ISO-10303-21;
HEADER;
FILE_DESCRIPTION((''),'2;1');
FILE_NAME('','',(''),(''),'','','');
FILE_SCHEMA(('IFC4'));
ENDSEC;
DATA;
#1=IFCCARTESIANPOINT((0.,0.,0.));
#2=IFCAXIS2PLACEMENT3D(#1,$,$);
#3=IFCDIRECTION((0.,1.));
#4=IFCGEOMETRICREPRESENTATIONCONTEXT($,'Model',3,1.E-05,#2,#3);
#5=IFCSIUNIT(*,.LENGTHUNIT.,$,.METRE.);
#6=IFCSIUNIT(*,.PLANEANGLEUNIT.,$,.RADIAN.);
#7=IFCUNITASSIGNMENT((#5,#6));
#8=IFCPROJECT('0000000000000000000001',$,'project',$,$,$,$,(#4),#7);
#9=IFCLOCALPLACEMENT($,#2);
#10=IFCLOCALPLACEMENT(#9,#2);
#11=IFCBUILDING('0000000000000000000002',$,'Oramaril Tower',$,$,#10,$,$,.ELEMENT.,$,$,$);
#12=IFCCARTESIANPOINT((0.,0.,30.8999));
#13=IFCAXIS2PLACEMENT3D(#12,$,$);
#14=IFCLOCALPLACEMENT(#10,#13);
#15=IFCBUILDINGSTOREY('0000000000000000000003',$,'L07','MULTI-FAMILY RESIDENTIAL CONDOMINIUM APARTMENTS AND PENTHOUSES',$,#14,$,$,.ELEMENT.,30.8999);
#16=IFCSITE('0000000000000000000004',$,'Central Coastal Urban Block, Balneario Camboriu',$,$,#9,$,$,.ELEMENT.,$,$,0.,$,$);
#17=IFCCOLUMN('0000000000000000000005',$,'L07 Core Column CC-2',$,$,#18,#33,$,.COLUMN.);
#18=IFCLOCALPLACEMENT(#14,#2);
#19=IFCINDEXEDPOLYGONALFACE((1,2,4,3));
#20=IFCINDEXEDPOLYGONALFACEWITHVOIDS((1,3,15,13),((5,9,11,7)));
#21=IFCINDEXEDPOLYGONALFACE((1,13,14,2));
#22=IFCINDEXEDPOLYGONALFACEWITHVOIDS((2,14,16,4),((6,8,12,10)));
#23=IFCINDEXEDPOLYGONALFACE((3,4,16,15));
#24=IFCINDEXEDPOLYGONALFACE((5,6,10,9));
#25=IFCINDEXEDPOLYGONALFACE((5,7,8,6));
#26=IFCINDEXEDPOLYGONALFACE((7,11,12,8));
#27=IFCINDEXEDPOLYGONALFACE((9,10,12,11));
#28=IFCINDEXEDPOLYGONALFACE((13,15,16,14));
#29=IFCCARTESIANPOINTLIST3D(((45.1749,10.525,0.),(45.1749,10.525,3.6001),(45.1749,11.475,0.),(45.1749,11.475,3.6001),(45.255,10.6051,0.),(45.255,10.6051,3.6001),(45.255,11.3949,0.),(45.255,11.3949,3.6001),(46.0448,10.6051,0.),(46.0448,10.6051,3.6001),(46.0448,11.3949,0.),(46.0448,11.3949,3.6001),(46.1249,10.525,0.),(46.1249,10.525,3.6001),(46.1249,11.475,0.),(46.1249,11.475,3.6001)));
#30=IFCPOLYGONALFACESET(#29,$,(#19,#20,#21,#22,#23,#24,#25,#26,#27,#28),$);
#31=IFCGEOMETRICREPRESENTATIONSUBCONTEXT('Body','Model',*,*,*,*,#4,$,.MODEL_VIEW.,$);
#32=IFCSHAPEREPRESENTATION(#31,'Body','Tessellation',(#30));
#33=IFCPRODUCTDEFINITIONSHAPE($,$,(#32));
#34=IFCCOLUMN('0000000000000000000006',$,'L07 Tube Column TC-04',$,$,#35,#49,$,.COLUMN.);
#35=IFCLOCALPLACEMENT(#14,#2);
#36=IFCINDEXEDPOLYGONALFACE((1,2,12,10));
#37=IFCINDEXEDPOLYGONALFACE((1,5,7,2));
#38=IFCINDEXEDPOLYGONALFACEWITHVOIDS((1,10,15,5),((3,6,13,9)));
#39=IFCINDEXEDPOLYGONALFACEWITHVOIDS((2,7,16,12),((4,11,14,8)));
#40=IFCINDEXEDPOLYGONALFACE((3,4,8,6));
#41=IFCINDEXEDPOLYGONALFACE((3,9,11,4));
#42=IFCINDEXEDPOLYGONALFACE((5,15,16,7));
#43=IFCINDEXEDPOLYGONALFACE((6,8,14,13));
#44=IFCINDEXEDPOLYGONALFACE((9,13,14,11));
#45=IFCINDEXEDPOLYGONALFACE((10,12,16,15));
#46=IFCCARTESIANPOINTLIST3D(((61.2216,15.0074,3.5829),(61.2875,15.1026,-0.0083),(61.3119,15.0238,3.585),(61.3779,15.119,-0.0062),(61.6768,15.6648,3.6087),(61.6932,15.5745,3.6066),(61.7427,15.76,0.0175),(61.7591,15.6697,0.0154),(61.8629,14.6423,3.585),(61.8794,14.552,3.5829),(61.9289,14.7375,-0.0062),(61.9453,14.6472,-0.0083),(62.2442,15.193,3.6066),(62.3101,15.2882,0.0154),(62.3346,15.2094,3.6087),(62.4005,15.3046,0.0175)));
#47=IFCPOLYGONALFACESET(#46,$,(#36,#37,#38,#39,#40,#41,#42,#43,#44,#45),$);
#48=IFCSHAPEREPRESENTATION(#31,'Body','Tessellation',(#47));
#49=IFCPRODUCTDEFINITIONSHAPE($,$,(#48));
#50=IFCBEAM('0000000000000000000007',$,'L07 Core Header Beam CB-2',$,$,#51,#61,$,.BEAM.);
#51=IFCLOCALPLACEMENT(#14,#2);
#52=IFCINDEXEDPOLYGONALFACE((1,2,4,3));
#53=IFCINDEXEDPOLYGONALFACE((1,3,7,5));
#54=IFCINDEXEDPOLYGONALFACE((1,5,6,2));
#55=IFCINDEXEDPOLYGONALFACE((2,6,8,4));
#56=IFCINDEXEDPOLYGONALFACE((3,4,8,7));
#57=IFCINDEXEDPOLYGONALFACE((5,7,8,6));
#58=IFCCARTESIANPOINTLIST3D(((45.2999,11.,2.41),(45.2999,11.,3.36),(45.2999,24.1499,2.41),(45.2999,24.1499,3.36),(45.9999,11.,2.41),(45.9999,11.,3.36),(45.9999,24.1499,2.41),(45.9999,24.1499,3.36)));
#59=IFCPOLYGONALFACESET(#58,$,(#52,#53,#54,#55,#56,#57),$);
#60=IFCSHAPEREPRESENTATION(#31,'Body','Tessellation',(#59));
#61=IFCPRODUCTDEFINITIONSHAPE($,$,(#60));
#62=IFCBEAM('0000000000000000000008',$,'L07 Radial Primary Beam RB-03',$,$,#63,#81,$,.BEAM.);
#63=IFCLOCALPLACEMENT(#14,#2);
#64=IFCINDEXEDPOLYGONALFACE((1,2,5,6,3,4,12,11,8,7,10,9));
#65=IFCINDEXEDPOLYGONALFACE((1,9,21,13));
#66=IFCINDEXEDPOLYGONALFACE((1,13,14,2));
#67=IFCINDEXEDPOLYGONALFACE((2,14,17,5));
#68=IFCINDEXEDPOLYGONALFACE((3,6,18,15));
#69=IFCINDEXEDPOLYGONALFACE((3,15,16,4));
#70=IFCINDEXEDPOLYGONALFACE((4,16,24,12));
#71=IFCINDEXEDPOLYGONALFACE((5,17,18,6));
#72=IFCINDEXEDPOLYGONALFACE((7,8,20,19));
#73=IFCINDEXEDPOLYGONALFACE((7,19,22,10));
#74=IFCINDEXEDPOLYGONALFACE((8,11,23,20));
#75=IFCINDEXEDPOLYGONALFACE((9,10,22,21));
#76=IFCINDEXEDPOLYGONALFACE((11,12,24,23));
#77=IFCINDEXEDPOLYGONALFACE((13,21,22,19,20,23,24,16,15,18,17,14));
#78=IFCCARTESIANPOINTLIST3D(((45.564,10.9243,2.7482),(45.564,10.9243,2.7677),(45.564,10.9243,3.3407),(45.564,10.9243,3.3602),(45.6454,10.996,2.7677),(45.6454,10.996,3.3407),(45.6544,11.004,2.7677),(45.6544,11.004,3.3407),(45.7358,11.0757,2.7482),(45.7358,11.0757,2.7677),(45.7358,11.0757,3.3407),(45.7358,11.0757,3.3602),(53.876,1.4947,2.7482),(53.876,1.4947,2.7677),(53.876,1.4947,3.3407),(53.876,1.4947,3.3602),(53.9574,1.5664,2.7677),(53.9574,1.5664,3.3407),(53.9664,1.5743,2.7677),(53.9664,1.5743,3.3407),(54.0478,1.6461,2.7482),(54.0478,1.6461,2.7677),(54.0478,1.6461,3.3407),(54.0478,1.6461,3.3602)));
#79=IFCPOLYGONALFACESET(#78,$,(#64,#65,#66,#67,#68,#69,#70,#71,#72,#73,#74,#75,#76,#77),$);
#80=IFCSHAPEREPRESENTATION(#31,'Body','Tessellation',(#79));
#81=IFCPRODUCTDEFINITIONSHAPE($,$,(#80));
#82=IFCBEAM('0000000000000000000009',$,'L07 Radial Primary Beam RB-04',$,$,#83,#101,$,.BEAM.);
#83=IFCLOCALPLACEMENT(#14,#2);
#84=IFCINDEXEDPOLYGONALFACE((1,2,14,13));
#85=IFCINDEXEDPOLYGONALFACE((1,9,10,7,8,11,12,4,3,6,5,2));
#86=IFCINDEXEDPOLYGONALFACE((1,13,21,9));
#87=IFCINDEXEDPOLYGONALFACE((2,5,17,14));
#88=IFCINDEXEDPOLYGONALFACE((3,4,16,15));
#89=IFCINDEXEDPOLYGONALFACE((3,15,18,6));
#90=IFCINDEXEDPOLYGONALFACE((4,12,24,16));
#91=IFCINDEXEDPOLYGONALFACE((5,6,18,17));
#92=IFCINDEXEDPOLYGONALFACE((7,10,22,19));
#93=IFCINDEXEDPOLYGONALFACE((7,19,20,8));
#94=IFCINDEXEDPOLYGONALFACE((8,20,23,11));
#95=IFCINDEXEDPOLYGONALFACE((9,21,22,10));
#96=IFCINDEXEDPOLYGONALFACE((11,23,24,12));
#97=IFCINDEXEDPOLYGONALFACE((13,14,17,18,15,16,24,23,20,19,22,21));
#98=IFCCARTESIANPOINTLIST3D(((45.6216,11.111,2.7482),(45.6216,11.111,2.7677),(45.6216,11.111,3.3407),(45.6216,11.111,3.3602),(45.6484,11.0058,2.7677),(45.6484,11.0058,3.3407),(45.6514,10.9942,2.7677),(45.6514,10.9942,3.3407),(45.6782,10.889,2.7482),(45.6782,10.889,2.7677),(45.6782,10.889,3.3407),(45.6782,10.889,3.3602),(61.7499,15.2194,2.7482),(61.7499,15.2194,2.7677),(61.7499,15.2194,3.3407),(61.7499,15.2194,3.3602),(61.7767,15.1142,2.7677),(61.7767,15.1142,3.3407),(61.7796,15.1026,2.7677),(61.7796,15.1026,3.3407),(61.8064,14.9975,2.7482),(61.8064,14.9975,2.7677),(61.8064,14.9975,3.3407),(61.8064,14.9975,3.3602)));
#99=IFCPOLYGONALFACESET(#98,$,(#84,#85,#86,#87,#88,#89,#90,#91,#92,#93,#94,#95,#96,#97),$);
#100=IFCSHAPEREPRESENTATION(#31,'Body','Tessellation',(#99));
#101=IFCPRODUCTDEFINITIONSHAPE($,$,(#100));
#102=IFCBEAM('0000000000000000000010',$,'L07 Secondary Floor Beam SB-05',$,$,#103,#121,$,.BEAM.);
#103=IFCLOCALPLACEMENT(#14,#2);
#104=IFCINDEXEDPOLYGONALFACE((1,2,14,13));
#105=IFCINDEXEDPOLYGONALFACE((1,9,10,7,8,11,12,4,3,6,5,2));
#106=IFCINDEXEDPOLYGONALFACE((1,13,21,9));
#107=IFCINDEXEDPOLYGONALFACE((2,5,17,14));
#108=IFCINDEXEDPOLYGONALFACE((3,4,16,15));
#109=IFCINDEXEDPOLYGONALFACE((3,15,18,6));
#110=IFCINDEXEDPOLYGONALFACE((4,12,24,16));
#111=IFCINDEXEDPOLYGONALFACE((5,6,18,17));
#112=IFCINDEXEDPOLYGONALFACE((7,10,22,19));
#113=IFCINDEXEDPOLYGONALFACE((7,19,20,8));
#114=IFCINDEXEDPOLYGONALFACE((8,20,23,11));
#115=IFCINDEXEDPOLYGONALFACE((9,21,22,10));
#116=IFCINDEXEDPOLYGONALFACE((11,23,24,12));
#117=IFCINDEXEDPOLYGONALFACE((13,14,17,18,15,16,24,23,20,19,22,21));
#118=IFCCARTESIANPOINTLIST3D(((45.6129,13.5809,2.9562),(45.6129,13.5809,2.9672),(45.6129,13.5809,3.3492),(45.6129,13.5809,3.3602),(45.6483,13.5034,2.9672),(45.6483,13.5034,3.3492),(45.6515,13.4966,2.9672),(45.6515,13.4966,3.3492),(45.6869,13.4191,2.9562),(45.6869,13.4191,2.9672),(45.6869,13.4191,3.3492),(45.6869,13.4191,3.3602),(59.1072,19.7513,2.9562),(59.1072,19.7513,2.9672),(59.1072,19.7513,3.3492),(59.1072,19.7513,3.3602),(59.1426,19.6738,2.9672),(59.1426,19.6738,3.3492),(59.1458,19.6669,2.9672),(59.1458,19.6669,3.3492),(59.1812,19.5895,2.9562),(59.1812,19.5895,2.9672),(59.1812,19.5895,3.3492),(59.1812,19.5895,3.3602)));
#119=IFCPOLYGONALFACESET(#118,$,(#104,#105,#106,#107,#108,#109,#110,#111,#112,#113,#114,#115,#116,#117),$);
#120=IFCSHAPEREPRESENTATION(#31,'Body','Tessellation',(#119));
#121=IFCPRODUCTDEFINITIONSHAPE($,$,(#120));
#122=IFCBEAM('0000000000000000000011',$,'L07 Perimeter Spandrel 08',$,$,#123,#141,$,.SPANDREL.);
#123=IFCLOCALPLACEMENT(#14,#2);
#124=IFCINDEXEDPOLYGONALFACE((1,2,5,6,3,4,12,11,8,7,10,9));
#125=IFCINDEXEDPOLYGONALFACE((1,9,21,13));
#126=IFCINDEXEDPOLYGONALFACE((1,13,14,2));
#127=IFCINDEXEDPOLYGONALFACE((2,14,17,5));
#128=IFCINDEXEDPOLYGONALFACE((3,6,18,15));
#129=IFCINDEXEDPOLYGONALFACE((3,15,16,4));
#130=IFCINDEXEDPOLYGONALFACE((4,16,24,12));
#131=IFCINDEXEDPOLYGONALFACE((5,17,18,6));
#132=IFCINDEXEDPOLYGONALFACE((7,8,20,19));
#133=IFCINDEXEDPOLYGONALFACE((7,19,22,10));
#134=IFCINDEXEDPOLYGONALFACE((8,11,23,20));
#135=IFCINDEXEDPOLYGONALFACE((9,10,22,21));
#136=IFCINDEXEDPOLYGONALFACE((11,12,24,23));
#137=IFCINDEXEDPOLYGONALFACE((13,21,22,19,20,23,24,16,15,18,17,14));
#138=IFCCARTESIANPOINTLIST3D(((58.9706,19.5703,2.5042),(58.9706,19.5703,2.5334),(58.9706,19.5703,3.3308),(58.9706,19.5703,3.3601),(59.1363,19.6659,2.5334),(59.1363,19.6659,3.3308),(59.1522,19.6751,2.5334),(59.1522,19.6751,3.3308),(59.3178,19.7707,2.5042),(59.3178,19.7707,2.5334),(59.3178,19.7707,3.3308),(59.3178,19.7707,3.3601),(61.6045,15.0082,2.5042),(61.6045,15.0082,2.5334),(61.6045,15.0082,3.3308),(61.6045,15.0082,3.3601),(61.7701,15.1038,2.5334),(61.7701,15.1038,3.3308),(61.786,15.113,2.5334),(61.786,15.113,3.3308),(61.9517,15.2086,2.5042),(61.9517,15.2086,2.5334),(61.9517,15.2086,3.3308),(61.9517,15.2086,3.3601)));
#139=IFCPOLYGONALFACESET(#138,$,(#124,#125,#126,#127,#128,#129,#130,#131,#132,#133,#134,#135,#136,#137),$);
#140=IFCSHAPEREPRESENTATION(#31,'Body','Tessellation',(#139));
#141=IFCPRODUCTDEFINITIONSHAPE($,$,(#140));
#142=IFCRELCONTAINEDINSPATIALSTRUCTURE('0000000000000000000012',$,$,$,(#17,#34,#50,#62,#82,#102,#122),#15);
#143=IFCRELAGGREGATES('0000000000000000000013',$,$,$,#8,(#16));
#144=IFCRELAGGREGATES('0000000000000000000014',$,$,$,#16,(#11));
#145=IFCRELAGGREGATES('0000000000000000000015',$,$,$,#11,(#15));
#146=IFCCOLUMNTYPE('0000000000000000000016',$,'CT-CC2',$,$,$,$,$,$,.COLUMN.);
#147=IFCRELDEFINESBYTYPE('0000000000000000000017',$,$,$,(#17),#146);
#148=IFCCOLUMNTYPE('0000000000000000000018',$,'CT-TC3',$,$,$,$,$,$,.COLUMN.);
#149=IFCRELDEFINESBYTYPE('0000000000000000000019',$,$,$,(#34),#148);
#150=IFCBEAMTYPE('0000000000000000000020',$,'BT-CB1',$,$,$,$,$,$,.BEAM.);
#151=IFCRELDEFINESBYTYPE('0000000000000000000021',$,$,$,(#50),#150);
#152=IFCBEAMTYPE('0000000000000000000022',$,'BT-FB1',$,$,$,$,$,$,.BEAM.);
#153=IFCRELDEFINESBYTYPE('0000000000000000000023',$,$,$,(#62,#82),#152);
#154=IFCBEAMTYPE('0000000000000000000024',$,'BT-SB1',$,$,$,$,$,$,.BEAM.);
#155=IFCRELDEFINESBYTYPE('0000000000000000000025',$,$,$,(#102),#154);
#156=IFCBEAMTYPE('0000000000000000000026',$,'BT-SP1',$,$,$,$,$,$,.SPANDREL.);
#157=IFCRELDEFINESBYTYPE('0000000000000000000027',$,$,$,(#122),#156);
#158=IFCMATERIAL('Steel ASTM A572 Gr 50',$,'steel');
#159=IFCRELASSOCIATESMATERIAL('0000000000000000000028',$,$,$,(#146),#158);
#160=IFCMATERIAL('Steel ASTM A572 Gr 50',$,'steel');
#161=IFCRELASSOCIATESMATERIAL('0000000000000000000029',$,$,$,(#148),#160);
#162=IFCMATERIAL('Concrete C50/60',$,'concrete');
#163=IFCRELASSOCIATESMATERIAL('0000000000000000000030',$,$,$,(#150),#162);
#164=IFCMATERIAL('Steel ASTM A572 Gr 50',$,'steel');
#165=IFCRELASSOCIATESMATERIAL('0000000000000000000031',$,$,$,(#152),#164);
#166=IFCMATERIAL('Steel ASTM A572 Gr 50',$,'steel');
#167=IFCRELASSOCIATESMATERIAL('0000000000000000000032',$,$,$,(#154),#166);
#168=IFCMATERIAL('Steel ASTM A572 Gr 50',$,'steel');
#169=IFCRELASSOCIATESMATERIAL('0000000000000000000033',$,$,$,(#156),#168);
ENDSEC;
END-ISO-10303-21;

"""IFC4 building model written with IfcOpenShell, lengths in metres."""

from ifc_helpers import new_model, si_unit, direction, frame, origin, origin_2d, place, context, subcontext, project, spatial, rectangle, hollow_rectangle, i_section, extrude, material, material_profile, profile_set, type_object, element, save


model = new_model("IFC4")

# Units and contexts
model_context = context("Model", 3, precision=1e-05, world=origin(), true_north=direction((0.0, 1.0)))
body_context = subcontext(model_context, "Body", "Model", "MODEL_VIEW")
ifc_project = project(units=[si_unit("LENGTHUNIT", "METRE"), si_unit("PLANEANGLEUNIT", "RADIAN")], contexts=[model_context])

# Site, building, storey
site_placement = place(None, origin())
site = spatial("IfcSite", under=ifc_project, at=site_placement, Name="Central Coastal Urban Block, Balneario Camboriu", CompositionType="ELEMENT", RefElevation=0.0)
building_placement = place(site_placement, origin())
building = spatial("IfcBuilding", under=site, at=building_placement, Name="Oramaril Tower", CompositionType="ELEMENT")
storey_placement = place(building_placement, frame((0.0, 0.0, 30.8999)))
storey = spatial("IfcBuildingStorey", under=building, at=storey_placement, Name="L07", Description="MULTI-FAMILY RESIDENTIAL CONDOMINIUM APARTMENTS AND PENTHOUSES", CompositionType="ELEMENT", Elevation=30.8999)

# Columns
ifc_material_1 = material(Name="Steel ASTM A572 Gr 50", Category="steel")
ifc_material_profile_1 = material_profile(ifc_material_1, hollow_rectangle(XDim=0.95, YDim=0.95, WallThickness=0.0801, at=origin_2d()), Name="BOX950X950X80")
ifc_profile_set_1 = profile_set([ifc_material_profile_1], Name="Steel ASTM A572 Gr 50")
column_type_1 = type_object("IfcColumnType", Name="CT-CC2", PredefinedType="COLUMN", material=ifc_profile_set_1)
column_1_placement = place(storey_placement, frame((45.6499, 11.0, 0.0), z_axis=(0.0, 0.0, 1.0), x_axis=(1.0, 0.0, 0.0)))
element("IfcColumn", 1, at=column_1_placement, inside=storey, type_object=column_type_1, Name="L07 Core Column CC-2", PredefinedType="COLUMN", context=body_context, shape_type="SweptSolid", body=[
    extrude(hollow_rectangle(XDim=0.95, YDim=0.95, WallThickness=0.0801, at=origin_2d()), origin(), (0.0, 0.0, 1.0), 3.6001),
])
ifc_material_2 = material(Name="Steel ASTM A572 Gr 50", Category="steel")
ifc_material_profile_2 = material_profile(ifc_material_2, hollow_rectangle(XDim=0.8, YDim=0.8, WallThickness=0.0649, at=origin_2d()), Name="BOX800X800X65")
ifc_profile_set_2 = profile_set([ifc_material_profile_2], Name="Steel ASTM A572 Gr 50")
column_type_2 = type_object("IfcColumnType", Name="CT-TC3", PredefinedType="COLUMN", material=ifc_profile_set_2)
column_2_placement = place(storey_placement, frame((61.844, 15.2036, 0.0046), z_axis=(-0.018347, -0.026501, 0.99948), x_axis=(0.822192, -0.56921, 0.0)))
element("IfcColumn", 2, at=column_2_placement, inside=storey, type_object=column_type_2, Name="L07 Tube Column TC-04", PredefinedType="COLUMN", context=body_context, shape_type="SweptSolid", body=[
    extrude(hollow_rectangle(XDim=0.8, YDim=0.8, WallThickness=0.0649, at=origin_2d()), origin(), (0.0, 0.0, 1.0), 3.593),
])

# Beams
ifc_material_3 = material(Name="Concrete C50/60", Category="concrete")
ifc_material_profile_3 = material_profile(ifc_material_3, rectangle(XDim=0.7, YDim=0.95, at=origin_2d()), Name="CB700X950")
ifc_profile_set_3 = profile_set([ifc_material_profile_3], Name="Concrete C50/60")
beam_type_1 = type_object("IfcBeamType", Name="BT-CB1", PredefinedType="BEAM", material=ifc_profile_set_3)
beam_1_placement = place(storey_placement, frame((45.6499, 11.0, 2.885), z_axis=(0.0, 1.0, 0.0), x_axis=(-1.0, 0.0, 0.0)))
element("IfcBeam", 3, at=beam_1_placement, inside=storey, type_object=beam_type_1, Name="L07 Core Header Beam CB-2", PredefinedType="BEAM", context=body_context, shape_type="SweptSolid", body=[
    extrude(rectangle(XDim=0.7, YDim=0.95, at=origin_2d()), origin(), (0.0, 0.0, 1.0), 13.1499),
])
ifc_material_4 = material(Name="Steel ASTM A572 Gr 50", Category="steel")
ifc_material_profile_4 = material_profile(ifc_material_4, i_section(OverallWidth=0.229, OverallDepth=0.6121, WebThickness=0.012, FlangeThickness=0.0195, at=origin_2d()), Name="W24X84")
ifc_profile_set_4 = profile_set([ifc_material_profile_4], Name="Steel ASTM A572 Gr 50")
beam_type_2 = type_object("IfcBeamType", Name="BT-FB1", PredefinedType="BEAM", material=ifc_profile_set_4)
beam_2_placement = place(storey_placement, frame((45.6499, 11.0, 3.0542), z_axis=(0.66125, -0.750165, 0.0), x_axis=(0.750165, 0.66125, 0.0)))
element("IfcBeam", 4, at=beam_2_placement, inside=storey, type_object=beam_type_2, Name="L07 Radial Primary Beam RB-03", PredefinedType="BEAM", context=body_context, shape_type="SweptSolid", body=[
    extrude(i_section(OverallWidth=0.229, OverallDepth=0.6121, WebThickness=0.012, FlangeThickness=0.0195, at=origin_2d()), origin(), (0.0, 0.0, 1.0), 12.5701),
])
beam_3_placement = place(storey_placement, frame((45.6499, 11.0, 3.0542), z_axis=(0.969053, 0.246851, 0.0), x_axis=(-0.246851, 0.969053, 0.0)))
element("IfcBeam", 5, at=beam_3_placement, inside=storey, type_object=beam_type_2, Name="L07 Radial Primary Beam RB-04", PredefinedType="BEAM", context=body_context, shape_type="SweptSolid", body=[
    extrude(i_section(OverallWidth=0.229, OverallDepth=0.6121, WebThickness=0.012, FlangeThickness=0.0195, at=origin_2d()), origin(), (0.0, 0.0, 1.0), 16.6433),
])
ifc_material_5 = material(Name="Steel ASTM A572 Gr 50", Category="steel")
ifc_material_profile_5 = material_profile(ifc_material_5, i_section(OverallWidth=0.178, OverallDepth=0.4041, WebThickness=0.0076, FlangeThickness=0.011, at=origin_2d()), Name="W16X36")
ifc_profile_set_5 = profile_set([ifc_material_profile_5], Name="Steel ASTM A572 Gr 50")
beam_type_3 = type_object("IfcBeamType", Name="BT-SB1", PredefinedType="BEAM", material=ifc_profile_set_5)
beam_4_placement = place(storey_placement, frame((45.6499, 13.5, 3.1582), z_axis=(0.909435, 0.415846, 0.0), x_axis=(-0.415846, 0.909435, 0.0)))
element("IfcBeam", 6, at=beam_4_placement, inside=storey, type_object=beam_type_3, Name="L07 Secondary Floor Beam SB-05", PredefinedType="BEAM", context=body_context, shape_type="SweptSolid", body=[
    extrude(i_section(OverallWidth=0.178, OverallDepth=0.4041, WebThickness=0.0076, FlangeThickness=0.011, at=origin_2d()), origin(), (0.0, 0.0, 1.0), 14.8381),
])
ifc_material_6 = material(Name="Steel ASTM A572 Gr 50", Category="steel")
ifc_material_profile_6 = material_profile(ifc_material_6, i_section(OverallWidth=0.4009, OverallDepth=0.856, WebThickness=0.0183, FlangeThickness=0.0293, at=origin_2d()), Name="W33X201")
ifc_profile_set_6 = profile_set([ifc_material_profile_6], Name="Steel ASTM A572 Gr 50")
beam_type_4 = type_object("IfcBeamType", Name="BT-SP1", PredefinedType="SPANDREL", material=ifc_profile_set_6)
beam_5_placement = place(storey_placement, frame((61.7781, 15.1084, 2.9321), z_axis=(-0.499987, 0.866033, 0.0), x_axis=(-0.866033, -0.499987, 0.0)))
element("IfcBeam", 7, at=beam_5_placement, inside=storey, type_object=beam_type_4, Name="L07 Perimeter Spandrel 08", PredefinedType="SPANDREL", context=body_context, shape_type="SweptSolid", body=[
    extrude(i_section(OverallWidth=0.4009, OverallDepth=0.856, WebThickness=0.0183, FlangeThickness=0.0293, at=origin_2d()), origin(), (0.0, 0.0, 1.0), 5.2678),
])

save(model, "model.ifc")
